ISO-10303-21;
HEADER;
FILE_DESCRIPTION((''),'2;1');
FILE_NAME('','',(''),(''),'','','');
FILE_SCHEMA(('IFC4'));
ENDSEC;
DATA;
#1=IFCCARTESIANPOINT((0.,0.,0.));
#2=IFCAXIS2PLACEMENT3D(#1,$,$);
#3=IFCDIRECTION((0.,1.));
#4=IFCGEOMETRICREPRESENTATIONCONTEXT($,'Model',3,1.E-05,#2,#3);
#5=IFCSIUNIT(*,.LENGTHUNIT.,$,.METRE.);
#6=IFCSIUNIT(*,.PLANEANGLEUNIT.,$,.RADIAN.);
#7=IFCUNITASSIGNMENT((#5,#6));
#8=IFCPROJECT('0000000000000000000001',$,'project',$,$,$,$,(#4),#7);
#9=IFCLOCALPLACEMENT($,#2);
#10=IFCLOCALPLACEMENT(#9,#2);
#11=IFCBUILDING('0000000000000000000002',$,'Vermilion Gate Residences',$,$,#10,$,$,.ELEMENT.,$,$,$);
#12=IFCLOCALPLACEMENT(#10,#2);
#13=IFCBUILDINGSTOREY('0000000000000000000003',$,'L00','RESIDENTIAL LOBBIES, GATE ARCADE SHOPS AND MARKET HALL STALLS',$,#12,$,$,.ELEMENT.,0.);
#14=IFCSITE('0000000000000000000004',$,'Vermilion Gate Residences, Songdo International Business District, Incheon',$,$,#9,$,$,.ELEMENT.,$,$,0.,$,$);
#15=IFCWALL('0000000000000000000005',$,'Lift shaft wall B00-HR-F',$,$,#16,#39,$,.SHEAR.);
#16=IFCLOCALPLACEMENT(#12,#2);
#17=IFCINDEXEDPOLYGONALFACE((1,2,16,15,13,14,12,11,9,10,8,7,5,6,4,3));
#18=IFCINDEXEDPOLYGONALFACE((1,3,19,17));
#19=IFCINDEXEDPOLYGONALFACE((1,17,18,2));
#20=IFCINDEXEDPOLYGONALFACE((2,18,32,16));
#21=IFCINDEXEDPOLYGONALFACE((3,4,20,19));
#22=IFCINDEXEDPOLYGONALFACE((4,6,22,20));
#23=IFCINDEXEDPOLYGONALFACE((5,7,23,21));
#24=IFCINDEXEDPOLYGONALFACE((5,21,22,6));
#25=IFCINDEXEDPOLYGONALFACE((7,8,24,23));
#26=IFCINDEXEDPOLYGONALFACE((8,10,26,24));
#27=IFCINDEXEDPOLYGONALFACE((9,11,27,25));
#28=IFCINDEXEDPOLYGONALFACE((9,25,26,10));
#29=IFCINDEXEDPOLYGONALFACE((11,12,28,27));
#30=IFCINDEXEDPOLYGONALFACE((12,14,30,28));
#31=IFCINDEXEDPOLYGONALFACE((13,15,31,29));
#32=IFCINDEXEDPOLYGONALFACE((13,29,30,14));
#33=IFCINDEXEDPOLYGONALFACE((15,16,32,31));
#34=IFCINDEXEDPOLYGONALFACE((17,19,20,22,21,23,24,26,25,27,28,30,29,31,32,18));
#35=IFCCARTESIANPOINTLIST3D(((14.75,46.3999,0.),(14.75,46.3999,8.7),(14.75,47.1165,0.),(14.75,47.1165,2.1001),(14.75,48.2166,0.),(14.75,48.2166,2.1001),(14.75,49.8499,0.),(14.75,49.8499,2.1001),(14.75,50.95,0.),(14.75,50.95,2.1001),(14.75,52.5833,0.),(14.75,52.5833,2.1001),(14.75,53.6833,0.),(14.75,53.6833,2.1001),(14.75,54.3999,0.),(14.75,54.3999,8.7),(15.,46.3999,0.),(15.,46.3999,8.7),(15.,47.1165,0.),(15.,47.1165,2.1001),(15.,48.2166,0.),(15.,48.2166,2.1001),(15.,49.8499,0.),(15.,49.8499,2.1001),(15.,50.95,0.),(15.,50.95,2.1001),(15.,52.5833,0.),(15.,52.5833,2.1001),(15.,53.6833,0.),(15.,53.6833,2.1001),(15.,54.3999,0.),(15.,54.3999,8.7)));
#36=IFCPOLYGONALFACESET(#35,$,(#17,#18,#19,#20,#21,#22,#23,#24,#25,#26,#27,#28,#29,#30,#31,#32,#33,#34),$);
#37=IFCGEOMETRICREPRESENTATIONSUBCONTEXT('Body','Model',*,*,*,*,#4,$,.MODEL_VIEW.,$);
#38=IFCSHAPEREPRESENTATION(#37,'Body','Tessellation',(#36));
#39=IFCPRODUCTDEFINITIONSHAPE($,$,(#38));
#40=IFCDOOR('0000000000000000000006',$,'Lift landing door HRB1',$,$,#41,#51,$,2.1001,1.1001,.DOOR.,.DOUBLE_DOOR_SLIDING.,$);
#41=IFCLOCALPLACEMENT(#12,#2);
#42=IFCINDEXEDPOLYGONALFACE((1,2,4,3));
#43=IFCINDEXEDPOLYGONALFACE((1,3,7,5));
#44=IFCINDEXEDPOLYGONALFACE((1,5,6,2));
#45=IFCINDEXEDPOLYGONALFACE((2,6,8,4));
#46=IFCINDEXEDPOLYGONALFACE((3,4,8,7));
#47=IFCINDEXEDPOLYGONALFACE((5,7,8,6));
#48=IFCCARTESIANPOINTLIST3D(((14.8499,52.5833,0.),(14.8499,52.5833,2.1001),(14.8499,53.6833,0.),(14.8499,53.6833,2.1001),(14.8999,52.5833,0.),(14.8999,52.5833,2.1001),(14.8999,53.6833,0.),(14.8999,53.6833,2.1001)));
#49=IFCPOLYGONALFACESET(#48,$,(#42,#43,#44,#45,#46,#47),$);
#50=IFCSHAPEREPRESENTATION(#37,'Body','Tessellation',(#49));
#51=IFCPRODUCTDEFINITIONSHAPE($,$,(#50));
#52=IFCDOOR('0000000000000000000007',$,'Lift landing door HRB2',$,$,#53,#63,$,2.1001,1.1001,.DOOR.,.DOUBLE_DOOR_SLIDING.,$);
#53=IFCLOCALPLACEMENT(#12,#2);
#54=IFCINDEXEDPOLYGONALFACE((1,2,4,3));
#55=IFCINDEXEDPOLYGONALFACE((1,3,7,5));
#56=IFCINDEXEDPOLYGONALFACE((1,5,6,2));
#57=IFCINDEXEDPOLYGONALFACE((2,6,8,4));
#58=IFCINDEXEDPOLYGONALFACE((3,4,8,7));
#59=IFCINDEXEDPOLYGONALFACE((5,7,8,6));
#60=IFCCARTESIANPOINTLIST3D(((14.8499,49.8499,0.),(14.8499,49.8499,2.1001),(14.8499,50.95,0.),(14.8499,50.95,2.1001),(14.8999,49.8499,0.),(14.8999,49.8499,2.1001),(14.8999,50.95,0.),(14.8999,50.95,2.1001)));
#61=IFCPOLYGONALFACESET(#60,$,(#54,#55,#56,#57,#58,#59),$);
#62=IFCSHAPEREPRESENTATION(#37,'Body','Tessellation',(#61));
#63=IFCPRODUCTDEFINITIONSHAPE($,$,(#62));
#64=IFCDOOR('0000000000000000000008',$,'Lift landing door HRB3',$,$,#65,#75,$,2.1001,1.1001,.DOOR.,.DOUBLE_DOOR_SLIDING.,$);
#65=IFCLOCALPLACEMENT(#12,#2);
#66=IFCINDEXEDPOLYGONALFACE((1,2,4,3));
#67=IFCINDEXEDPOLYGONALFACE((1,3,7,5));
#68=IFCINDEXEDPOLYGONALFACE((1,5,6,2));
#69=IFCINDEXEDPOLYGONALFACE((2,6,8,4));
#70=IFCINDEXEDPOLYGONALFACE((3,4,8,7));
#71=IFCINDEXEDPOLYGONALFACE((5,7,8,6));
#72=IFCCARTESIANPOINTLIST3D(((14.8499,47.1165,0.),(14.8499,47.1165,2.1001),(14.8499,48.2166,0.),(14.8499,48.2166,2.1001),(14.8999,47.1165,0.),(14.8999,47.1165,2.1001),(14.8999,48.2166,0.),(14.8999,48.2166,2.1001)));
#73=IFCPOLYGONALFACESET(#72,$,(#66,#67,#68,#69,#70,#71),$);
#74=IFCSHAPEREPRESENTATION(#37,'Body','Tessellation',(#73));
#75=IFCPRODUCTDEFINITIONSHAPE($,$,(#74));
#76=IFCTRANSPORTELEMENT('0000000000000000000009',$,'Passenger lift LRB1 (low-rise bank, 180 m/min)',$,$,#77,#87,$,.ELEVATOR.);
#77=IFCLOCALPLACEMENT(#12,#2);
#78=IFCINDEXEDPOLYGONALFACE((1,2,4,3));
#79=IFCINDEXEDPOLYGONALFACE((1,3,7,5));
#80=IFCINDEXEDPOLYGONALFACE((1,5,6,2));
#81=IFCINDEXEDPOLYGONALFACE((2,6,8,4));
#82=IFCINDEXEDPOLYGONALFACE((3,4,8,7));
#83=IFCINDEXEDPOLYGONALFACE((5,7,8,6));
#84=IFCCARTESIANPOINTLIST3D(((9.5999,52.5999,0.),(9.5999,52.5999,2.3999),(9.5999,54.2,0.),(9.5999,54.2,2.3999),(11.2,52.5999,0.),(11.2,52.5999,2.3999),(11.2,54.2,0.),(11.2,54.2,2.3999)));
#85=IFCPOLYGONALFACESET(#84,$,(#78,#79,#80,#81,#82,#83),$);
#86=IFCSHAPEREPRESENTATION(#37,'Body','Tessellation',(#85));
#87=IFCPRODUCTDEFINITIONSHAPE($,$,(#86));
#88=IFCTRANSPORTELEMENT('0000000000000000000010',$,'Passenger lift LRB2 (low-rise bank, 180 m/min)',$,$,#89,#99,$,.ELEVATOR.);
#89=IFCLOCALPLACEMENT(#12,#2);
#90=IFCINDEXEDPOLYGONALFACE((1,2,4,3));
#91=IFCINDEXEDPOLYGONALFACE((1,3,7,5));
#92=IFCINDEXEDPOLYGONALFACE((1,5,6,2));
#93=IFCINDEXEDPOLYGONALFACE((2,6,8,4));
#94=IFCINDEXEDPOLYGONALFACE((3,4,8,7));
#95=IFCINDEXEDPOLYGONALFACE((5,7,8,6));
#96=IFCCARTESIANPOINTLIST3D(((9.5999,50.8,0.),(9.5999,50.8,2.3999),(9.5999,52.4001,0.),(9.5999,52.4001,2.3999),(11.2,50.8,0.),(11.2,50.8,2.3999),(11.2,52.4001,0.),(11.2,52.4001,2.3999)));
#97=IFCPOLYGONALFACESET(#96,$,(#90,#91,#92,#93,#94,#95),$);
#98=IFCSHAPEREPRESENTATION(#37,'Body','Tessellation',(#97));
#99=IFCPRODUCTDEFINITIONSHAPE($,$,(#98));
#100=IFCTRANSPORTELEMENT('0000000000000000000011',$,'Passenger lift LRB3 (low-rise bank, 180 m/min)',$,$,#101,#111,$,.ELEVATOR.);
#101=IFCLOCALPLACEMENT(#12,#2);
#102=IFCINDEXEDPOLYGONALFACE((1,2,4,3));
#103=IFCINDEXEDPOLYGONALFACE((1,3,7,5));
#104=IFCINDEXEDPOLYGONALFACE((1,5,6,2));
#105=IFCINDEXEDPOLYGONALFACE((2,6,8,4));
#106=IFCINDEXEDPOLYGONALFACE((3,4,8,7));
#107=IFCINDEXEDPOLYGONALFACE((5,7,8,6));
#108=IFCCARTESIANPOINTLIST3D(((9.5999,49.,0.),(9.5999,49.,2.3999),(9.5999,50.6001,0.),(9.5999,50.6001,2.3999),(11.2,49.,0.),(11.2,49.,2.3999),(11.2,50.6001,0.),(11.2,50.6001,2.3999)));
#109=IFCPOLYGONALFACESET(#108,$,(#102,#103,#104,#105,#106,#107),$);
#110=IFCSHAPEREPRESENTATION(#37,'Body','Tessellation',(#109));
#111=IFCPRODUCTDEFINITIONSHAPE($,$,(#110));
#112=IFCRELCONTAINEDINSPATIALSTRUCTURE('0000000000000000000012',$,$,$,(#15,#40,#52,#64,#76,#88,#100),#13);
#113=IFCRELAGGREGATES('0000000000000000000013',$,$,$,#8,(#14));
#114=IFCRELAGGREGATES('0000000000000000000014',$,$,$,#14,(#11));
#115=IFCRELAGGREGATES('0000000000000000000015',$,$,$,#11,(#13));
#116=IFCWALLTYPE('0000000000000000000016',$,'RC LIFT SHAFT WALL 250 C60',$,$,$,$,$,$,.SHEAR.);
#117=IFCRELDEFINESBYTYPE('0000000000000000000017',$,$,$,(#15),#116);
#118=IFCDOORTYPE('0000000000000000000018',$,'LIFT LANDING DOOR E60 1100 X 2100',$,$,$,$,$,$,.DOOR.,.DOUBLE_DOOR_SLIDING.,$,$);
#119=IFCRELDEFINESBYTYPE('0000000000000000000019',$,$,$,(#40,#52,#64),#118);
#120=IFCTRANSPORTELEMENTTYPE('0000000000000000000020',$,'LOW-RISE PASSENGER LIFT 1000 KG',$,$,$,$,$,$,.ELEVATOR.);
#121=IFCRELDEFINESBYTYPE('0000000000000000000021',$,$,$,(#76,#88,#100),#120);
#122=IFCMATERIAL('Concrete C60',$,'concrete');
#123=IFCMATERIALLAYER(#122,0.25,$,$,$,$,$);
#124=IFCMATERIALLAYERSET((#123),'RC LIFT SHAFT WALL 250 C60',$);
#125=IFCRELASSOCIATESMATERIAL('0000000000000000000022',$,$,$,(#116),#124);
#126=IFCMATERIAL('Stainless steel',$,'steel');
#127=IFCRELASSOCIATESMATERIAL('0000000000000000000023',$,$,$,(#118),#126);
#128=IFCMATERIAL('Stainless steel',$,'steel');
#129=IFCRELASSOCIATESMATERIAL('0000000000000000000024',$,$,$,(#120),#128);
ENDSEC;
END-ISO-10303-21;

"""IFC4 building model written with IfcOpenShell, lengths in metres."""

from ifc_helpers import new_model, si_unit, direction, frame, frame_2d, origin, origin_2d, place, context, subcontext, project, spatial, rectangle, extrude, material, layer, layer_set, type_object, element, fill, save


model = new_model("IFC4")

# Units and contexts
model_context = context("Model", 3, precision=1e-05, world=origin(), true_north=direction((0.0, 1.0)))
body_context = subcontext(model_context, "Body", "Model", "MODEL_VIEW")
ifc_project = project(units=[si_unit("LENGTHUNIT", "METRE"), si_unit("PLANEANGLEUNIT", "RADIAN")], contexts=[model_context])

# Site, building, storey
site_placement = place(None, origin())
site = spatial("IfcSite", under=ifc_project, at=site_placement, Name="Vermilion Gate Residences, Songdo International Business District, Incheon", CompositionType="ELEMENT", RefElevation=0.0)
building_placement = place(site_placement, origin())
building = spatial("IfcBuilding", under=site, at=building_placement, Name="Vermilion Gate Residences", CompositionType="ELEMENT")
storey_placement = place(building_placement, origin())
storey = spatial("IfcBuildingStorey", under=building, at=storey_placement, Name="L00", Description="RESIDENTIAL LOBBIES, GATE ARCADE SHOPS AND MARKET HALL STALLS", CompositionType="ELEMENT", Elevation=0.0)

# Wall, openings, doors
ifc_material_1 = material(Name="Concrete C60", Category="concrete")
ifc_layer_1 = layer(ifc_material_1, 0.25)
ifc_layer_set_1 = layer_set([ifc_layer_1], Name="RC LIFT SHAFT WALL 250 C60")
wall_type_1 = type_object("IfcWallType", Name="RC LIFT SHAFT WALL 250 C60", PredefinedType="SHEAR", material=ifc_layer_set_1)
ifc_material_2 = material(Name="Stainless steel", Category="steel")
door_type_1 = type_object("IfcDoorType", Name="LIFT LANDING DOOR E60 1100 X 2100", OperationType="DOUBLE_DOOR_SLIDING", PredefinedType="DOOR", material=ifc_material_2)
wall_1_placement = place(storey_placement, frame((14.875, 54.3999, 0.0), z_axis=(0.0, 0.0, 1.0), x_axis=(0.0, -1.0, 0.0)))
wall_1 = element("IfcWall", 1, at=wall_1_placement, inside=storey, type_object=wall_type_1, Name="Lift shaft wall B00-HR-F", PredefinedType="SHEAR", context=body_context, shape_type="SweptSolid", body=[
    extrude(rectangle(XDim=8.0, YDim=0.25, at=frame_2d((4.0, 0.0))), origin(), (0.0, 0.0, 1.0), 8.7),
])
opening_1_placement = place(wall_1_placement, frame((0.7166, 0.0, 0.0)))
opening_1 = element("IfcOpeningElement", 2, at=opening_1_placement, cuts=wall_1, PredefinedType="OPENING", context=body_context, shape_type="SweptSolid", body=[
    extrude(rectangle(XDim=1.1001, YDim=2.1001, at=frame_2d((0.55, 1.05))), frame((0.0, 0.135, 0.0), z_axis=(0.0, -1.0, 0.0), x_axis=(1.0, 0.0, 0.0)), (0.0, 0.0, 1.0), 0.27),
])
opening_2_placement = place(wall_1_placement, frame((3.45, 0.0, 0.0)))
opening_2 = element("IfcOpeningElement", 3, at=opening_2_placement, cuts=wall_1, PredefinedType="OPENING", context=body_context, shape_type="SweptSolid", body=[
    extrude(rectangle(XDim=1.1001, YDim=2.1001, at=frame_2d((0.55, 1.05))), frame((0.0, 0.135, 0.0), z_axis=(0.0, -1.0, 0.0), x_axis=(1.0, 0.0, 0.0)), (0.0, 0.0, 1.0), 0.27),
])
opening_3_placement = place(wall_1_placement, frame((6.1833, 0.0, 0.0)))
opening_3 = element("IfcOpeningElement", 4, at=opening_3_placement, cuts=wall_1, PredefinedType="OPENING", context=body_context, shape_type="SweptSolid", body=[
    extrude(rectangle(XDim=1.1001, YDim=2.1001, at=frame_2d((0.55, 1.05))), frame((0.0, 0.135, 0.0), z_axis=(0.0, -1.0, 0.0), x_axis=(1.0, 0.0, 0.0)), (0.0, 0.0, 1.0), 0.27),
])
door_1_placement = place(opening_1_placement, origin())
door_1 = element("IfcDoor", 5, at=door_1_placement, inside=storey, type_object=door_type_1, Name="Lift landing door HRB1", OperationType="DOUBLE_DOOR_SLIDING", OverallHeight=2.1001, OverallWidth=1.1001, PredefinedType="DOOR", context=body_context, shape_type="SweptSolid", body=[
    extrude(rectangle(XDim=1.1001, YDim=2.1001, at=frame_2d((0.55, 1.05))), frame((0.0, 0.0249, 0.0), z_axis=(0.0, -1.0, 0.0), x_axis=(1.0, 0.0, 0.0)), (0.0, 0.0, 1.0), 0.05),
])
fill(opening_1, door_1)
door_2_placement = place(opening_2_placement, origin())
door_2 = element("IfcDoor", 6, at=door_2_placement, inside=storey, type_object=door_type_1, Name="Lift landing door HRB2", OperationType="DOUBLE_DOOR_SLIDING", OverallHeight=2.1001, OverallWidth=1.1001, PredefinedType="DOOR", context=body_context, shape_type="SweptSolid", body=[
    extrude(rectangle(XDim=1.1001, YDim=2.1001, at=frame_2d((0.55, 1.05))), frame((0.0, 0.0249, 0.0), z_axis=(0.0, -1.0, 0.0), x_axis=(1.0, 0.0, 0.0)), (0.0, 0.0, 1.0), 0.05),
])
fill(opening_2, door_2)
door_3_placement = place(opening_3_placement, origin())
door_3 = element("IfcDoor", 7, at=door_3_placement, inside=storey, type_object=door_type_1, Name="Lift landing door HRB3", OperationType="DOUBLE_DOOR_SLIDING", OverallHeight=2.1001, OverallWidth=1.1001, PredefinedType="DOOR", context=body_context, shape_type="SweptSolid", body=[
    extrude(rectangle(XDim=1.1001, YDim=2.1001, at=frame_2d((0.55, 1.05))), frame((0.0, 0.0249, 0.0), z_axis=(0.0, -1.0, 0.0), x_axis=(1.0, 0.0, 0.0)), (0.0, 0.0, 1.0), 0.05),
])
fill(opening_3, door_3)

# Transport elements
ifc_material_3 = material(Name="Stainless steel", Category="steel")
transport_element_type = type_object("IfcTransportElementType", Name="LOW-RISE PASSENGER LIFT 1000 KG", PredefinedType="ELEVATOR", material=ifc_material_3)
for number, where, z_axis, x_axis, name in (
    (8, (10.3999, 53.3999, 0.0), (0.0, 0.0, 1.0), (1.0, 0.0, 0.0), "Passenger lift LRB1 (low-rise bank, 180 m/min)"),
    (9, (10.3999, 51.6001, 0.0), (0.0, 0.0, 1.0), (1.0, 0.0, 0.0), "Passenger lift LRB2 (low-rise bank, 180 m/min)"),
    (10, (10.3999, 49.8, 0.0), (0.0, 0.0, 1.0), (1.0, 0.0, 0.0), "Passenger lift LRB3 (low-rise bank, 180 m/min)"),
):
    element("IfcTransportElement", number, at=place(storey_placement, frame(where, z_axis=z_axis, x_axis=x_axis)), inside=storey, type_object=transport_element_type, Name=name, PredefinedType="ELEVATOR", context=body_context, shape_type="SweptSolid", body=[
        extrude(rectangle(XDim=1.6001, YDim=1.6001, at=origin_2d()), origin(), (0.0, 0.0, 1.0), 2.3999),
    ])

save(model, "model.ifc")
